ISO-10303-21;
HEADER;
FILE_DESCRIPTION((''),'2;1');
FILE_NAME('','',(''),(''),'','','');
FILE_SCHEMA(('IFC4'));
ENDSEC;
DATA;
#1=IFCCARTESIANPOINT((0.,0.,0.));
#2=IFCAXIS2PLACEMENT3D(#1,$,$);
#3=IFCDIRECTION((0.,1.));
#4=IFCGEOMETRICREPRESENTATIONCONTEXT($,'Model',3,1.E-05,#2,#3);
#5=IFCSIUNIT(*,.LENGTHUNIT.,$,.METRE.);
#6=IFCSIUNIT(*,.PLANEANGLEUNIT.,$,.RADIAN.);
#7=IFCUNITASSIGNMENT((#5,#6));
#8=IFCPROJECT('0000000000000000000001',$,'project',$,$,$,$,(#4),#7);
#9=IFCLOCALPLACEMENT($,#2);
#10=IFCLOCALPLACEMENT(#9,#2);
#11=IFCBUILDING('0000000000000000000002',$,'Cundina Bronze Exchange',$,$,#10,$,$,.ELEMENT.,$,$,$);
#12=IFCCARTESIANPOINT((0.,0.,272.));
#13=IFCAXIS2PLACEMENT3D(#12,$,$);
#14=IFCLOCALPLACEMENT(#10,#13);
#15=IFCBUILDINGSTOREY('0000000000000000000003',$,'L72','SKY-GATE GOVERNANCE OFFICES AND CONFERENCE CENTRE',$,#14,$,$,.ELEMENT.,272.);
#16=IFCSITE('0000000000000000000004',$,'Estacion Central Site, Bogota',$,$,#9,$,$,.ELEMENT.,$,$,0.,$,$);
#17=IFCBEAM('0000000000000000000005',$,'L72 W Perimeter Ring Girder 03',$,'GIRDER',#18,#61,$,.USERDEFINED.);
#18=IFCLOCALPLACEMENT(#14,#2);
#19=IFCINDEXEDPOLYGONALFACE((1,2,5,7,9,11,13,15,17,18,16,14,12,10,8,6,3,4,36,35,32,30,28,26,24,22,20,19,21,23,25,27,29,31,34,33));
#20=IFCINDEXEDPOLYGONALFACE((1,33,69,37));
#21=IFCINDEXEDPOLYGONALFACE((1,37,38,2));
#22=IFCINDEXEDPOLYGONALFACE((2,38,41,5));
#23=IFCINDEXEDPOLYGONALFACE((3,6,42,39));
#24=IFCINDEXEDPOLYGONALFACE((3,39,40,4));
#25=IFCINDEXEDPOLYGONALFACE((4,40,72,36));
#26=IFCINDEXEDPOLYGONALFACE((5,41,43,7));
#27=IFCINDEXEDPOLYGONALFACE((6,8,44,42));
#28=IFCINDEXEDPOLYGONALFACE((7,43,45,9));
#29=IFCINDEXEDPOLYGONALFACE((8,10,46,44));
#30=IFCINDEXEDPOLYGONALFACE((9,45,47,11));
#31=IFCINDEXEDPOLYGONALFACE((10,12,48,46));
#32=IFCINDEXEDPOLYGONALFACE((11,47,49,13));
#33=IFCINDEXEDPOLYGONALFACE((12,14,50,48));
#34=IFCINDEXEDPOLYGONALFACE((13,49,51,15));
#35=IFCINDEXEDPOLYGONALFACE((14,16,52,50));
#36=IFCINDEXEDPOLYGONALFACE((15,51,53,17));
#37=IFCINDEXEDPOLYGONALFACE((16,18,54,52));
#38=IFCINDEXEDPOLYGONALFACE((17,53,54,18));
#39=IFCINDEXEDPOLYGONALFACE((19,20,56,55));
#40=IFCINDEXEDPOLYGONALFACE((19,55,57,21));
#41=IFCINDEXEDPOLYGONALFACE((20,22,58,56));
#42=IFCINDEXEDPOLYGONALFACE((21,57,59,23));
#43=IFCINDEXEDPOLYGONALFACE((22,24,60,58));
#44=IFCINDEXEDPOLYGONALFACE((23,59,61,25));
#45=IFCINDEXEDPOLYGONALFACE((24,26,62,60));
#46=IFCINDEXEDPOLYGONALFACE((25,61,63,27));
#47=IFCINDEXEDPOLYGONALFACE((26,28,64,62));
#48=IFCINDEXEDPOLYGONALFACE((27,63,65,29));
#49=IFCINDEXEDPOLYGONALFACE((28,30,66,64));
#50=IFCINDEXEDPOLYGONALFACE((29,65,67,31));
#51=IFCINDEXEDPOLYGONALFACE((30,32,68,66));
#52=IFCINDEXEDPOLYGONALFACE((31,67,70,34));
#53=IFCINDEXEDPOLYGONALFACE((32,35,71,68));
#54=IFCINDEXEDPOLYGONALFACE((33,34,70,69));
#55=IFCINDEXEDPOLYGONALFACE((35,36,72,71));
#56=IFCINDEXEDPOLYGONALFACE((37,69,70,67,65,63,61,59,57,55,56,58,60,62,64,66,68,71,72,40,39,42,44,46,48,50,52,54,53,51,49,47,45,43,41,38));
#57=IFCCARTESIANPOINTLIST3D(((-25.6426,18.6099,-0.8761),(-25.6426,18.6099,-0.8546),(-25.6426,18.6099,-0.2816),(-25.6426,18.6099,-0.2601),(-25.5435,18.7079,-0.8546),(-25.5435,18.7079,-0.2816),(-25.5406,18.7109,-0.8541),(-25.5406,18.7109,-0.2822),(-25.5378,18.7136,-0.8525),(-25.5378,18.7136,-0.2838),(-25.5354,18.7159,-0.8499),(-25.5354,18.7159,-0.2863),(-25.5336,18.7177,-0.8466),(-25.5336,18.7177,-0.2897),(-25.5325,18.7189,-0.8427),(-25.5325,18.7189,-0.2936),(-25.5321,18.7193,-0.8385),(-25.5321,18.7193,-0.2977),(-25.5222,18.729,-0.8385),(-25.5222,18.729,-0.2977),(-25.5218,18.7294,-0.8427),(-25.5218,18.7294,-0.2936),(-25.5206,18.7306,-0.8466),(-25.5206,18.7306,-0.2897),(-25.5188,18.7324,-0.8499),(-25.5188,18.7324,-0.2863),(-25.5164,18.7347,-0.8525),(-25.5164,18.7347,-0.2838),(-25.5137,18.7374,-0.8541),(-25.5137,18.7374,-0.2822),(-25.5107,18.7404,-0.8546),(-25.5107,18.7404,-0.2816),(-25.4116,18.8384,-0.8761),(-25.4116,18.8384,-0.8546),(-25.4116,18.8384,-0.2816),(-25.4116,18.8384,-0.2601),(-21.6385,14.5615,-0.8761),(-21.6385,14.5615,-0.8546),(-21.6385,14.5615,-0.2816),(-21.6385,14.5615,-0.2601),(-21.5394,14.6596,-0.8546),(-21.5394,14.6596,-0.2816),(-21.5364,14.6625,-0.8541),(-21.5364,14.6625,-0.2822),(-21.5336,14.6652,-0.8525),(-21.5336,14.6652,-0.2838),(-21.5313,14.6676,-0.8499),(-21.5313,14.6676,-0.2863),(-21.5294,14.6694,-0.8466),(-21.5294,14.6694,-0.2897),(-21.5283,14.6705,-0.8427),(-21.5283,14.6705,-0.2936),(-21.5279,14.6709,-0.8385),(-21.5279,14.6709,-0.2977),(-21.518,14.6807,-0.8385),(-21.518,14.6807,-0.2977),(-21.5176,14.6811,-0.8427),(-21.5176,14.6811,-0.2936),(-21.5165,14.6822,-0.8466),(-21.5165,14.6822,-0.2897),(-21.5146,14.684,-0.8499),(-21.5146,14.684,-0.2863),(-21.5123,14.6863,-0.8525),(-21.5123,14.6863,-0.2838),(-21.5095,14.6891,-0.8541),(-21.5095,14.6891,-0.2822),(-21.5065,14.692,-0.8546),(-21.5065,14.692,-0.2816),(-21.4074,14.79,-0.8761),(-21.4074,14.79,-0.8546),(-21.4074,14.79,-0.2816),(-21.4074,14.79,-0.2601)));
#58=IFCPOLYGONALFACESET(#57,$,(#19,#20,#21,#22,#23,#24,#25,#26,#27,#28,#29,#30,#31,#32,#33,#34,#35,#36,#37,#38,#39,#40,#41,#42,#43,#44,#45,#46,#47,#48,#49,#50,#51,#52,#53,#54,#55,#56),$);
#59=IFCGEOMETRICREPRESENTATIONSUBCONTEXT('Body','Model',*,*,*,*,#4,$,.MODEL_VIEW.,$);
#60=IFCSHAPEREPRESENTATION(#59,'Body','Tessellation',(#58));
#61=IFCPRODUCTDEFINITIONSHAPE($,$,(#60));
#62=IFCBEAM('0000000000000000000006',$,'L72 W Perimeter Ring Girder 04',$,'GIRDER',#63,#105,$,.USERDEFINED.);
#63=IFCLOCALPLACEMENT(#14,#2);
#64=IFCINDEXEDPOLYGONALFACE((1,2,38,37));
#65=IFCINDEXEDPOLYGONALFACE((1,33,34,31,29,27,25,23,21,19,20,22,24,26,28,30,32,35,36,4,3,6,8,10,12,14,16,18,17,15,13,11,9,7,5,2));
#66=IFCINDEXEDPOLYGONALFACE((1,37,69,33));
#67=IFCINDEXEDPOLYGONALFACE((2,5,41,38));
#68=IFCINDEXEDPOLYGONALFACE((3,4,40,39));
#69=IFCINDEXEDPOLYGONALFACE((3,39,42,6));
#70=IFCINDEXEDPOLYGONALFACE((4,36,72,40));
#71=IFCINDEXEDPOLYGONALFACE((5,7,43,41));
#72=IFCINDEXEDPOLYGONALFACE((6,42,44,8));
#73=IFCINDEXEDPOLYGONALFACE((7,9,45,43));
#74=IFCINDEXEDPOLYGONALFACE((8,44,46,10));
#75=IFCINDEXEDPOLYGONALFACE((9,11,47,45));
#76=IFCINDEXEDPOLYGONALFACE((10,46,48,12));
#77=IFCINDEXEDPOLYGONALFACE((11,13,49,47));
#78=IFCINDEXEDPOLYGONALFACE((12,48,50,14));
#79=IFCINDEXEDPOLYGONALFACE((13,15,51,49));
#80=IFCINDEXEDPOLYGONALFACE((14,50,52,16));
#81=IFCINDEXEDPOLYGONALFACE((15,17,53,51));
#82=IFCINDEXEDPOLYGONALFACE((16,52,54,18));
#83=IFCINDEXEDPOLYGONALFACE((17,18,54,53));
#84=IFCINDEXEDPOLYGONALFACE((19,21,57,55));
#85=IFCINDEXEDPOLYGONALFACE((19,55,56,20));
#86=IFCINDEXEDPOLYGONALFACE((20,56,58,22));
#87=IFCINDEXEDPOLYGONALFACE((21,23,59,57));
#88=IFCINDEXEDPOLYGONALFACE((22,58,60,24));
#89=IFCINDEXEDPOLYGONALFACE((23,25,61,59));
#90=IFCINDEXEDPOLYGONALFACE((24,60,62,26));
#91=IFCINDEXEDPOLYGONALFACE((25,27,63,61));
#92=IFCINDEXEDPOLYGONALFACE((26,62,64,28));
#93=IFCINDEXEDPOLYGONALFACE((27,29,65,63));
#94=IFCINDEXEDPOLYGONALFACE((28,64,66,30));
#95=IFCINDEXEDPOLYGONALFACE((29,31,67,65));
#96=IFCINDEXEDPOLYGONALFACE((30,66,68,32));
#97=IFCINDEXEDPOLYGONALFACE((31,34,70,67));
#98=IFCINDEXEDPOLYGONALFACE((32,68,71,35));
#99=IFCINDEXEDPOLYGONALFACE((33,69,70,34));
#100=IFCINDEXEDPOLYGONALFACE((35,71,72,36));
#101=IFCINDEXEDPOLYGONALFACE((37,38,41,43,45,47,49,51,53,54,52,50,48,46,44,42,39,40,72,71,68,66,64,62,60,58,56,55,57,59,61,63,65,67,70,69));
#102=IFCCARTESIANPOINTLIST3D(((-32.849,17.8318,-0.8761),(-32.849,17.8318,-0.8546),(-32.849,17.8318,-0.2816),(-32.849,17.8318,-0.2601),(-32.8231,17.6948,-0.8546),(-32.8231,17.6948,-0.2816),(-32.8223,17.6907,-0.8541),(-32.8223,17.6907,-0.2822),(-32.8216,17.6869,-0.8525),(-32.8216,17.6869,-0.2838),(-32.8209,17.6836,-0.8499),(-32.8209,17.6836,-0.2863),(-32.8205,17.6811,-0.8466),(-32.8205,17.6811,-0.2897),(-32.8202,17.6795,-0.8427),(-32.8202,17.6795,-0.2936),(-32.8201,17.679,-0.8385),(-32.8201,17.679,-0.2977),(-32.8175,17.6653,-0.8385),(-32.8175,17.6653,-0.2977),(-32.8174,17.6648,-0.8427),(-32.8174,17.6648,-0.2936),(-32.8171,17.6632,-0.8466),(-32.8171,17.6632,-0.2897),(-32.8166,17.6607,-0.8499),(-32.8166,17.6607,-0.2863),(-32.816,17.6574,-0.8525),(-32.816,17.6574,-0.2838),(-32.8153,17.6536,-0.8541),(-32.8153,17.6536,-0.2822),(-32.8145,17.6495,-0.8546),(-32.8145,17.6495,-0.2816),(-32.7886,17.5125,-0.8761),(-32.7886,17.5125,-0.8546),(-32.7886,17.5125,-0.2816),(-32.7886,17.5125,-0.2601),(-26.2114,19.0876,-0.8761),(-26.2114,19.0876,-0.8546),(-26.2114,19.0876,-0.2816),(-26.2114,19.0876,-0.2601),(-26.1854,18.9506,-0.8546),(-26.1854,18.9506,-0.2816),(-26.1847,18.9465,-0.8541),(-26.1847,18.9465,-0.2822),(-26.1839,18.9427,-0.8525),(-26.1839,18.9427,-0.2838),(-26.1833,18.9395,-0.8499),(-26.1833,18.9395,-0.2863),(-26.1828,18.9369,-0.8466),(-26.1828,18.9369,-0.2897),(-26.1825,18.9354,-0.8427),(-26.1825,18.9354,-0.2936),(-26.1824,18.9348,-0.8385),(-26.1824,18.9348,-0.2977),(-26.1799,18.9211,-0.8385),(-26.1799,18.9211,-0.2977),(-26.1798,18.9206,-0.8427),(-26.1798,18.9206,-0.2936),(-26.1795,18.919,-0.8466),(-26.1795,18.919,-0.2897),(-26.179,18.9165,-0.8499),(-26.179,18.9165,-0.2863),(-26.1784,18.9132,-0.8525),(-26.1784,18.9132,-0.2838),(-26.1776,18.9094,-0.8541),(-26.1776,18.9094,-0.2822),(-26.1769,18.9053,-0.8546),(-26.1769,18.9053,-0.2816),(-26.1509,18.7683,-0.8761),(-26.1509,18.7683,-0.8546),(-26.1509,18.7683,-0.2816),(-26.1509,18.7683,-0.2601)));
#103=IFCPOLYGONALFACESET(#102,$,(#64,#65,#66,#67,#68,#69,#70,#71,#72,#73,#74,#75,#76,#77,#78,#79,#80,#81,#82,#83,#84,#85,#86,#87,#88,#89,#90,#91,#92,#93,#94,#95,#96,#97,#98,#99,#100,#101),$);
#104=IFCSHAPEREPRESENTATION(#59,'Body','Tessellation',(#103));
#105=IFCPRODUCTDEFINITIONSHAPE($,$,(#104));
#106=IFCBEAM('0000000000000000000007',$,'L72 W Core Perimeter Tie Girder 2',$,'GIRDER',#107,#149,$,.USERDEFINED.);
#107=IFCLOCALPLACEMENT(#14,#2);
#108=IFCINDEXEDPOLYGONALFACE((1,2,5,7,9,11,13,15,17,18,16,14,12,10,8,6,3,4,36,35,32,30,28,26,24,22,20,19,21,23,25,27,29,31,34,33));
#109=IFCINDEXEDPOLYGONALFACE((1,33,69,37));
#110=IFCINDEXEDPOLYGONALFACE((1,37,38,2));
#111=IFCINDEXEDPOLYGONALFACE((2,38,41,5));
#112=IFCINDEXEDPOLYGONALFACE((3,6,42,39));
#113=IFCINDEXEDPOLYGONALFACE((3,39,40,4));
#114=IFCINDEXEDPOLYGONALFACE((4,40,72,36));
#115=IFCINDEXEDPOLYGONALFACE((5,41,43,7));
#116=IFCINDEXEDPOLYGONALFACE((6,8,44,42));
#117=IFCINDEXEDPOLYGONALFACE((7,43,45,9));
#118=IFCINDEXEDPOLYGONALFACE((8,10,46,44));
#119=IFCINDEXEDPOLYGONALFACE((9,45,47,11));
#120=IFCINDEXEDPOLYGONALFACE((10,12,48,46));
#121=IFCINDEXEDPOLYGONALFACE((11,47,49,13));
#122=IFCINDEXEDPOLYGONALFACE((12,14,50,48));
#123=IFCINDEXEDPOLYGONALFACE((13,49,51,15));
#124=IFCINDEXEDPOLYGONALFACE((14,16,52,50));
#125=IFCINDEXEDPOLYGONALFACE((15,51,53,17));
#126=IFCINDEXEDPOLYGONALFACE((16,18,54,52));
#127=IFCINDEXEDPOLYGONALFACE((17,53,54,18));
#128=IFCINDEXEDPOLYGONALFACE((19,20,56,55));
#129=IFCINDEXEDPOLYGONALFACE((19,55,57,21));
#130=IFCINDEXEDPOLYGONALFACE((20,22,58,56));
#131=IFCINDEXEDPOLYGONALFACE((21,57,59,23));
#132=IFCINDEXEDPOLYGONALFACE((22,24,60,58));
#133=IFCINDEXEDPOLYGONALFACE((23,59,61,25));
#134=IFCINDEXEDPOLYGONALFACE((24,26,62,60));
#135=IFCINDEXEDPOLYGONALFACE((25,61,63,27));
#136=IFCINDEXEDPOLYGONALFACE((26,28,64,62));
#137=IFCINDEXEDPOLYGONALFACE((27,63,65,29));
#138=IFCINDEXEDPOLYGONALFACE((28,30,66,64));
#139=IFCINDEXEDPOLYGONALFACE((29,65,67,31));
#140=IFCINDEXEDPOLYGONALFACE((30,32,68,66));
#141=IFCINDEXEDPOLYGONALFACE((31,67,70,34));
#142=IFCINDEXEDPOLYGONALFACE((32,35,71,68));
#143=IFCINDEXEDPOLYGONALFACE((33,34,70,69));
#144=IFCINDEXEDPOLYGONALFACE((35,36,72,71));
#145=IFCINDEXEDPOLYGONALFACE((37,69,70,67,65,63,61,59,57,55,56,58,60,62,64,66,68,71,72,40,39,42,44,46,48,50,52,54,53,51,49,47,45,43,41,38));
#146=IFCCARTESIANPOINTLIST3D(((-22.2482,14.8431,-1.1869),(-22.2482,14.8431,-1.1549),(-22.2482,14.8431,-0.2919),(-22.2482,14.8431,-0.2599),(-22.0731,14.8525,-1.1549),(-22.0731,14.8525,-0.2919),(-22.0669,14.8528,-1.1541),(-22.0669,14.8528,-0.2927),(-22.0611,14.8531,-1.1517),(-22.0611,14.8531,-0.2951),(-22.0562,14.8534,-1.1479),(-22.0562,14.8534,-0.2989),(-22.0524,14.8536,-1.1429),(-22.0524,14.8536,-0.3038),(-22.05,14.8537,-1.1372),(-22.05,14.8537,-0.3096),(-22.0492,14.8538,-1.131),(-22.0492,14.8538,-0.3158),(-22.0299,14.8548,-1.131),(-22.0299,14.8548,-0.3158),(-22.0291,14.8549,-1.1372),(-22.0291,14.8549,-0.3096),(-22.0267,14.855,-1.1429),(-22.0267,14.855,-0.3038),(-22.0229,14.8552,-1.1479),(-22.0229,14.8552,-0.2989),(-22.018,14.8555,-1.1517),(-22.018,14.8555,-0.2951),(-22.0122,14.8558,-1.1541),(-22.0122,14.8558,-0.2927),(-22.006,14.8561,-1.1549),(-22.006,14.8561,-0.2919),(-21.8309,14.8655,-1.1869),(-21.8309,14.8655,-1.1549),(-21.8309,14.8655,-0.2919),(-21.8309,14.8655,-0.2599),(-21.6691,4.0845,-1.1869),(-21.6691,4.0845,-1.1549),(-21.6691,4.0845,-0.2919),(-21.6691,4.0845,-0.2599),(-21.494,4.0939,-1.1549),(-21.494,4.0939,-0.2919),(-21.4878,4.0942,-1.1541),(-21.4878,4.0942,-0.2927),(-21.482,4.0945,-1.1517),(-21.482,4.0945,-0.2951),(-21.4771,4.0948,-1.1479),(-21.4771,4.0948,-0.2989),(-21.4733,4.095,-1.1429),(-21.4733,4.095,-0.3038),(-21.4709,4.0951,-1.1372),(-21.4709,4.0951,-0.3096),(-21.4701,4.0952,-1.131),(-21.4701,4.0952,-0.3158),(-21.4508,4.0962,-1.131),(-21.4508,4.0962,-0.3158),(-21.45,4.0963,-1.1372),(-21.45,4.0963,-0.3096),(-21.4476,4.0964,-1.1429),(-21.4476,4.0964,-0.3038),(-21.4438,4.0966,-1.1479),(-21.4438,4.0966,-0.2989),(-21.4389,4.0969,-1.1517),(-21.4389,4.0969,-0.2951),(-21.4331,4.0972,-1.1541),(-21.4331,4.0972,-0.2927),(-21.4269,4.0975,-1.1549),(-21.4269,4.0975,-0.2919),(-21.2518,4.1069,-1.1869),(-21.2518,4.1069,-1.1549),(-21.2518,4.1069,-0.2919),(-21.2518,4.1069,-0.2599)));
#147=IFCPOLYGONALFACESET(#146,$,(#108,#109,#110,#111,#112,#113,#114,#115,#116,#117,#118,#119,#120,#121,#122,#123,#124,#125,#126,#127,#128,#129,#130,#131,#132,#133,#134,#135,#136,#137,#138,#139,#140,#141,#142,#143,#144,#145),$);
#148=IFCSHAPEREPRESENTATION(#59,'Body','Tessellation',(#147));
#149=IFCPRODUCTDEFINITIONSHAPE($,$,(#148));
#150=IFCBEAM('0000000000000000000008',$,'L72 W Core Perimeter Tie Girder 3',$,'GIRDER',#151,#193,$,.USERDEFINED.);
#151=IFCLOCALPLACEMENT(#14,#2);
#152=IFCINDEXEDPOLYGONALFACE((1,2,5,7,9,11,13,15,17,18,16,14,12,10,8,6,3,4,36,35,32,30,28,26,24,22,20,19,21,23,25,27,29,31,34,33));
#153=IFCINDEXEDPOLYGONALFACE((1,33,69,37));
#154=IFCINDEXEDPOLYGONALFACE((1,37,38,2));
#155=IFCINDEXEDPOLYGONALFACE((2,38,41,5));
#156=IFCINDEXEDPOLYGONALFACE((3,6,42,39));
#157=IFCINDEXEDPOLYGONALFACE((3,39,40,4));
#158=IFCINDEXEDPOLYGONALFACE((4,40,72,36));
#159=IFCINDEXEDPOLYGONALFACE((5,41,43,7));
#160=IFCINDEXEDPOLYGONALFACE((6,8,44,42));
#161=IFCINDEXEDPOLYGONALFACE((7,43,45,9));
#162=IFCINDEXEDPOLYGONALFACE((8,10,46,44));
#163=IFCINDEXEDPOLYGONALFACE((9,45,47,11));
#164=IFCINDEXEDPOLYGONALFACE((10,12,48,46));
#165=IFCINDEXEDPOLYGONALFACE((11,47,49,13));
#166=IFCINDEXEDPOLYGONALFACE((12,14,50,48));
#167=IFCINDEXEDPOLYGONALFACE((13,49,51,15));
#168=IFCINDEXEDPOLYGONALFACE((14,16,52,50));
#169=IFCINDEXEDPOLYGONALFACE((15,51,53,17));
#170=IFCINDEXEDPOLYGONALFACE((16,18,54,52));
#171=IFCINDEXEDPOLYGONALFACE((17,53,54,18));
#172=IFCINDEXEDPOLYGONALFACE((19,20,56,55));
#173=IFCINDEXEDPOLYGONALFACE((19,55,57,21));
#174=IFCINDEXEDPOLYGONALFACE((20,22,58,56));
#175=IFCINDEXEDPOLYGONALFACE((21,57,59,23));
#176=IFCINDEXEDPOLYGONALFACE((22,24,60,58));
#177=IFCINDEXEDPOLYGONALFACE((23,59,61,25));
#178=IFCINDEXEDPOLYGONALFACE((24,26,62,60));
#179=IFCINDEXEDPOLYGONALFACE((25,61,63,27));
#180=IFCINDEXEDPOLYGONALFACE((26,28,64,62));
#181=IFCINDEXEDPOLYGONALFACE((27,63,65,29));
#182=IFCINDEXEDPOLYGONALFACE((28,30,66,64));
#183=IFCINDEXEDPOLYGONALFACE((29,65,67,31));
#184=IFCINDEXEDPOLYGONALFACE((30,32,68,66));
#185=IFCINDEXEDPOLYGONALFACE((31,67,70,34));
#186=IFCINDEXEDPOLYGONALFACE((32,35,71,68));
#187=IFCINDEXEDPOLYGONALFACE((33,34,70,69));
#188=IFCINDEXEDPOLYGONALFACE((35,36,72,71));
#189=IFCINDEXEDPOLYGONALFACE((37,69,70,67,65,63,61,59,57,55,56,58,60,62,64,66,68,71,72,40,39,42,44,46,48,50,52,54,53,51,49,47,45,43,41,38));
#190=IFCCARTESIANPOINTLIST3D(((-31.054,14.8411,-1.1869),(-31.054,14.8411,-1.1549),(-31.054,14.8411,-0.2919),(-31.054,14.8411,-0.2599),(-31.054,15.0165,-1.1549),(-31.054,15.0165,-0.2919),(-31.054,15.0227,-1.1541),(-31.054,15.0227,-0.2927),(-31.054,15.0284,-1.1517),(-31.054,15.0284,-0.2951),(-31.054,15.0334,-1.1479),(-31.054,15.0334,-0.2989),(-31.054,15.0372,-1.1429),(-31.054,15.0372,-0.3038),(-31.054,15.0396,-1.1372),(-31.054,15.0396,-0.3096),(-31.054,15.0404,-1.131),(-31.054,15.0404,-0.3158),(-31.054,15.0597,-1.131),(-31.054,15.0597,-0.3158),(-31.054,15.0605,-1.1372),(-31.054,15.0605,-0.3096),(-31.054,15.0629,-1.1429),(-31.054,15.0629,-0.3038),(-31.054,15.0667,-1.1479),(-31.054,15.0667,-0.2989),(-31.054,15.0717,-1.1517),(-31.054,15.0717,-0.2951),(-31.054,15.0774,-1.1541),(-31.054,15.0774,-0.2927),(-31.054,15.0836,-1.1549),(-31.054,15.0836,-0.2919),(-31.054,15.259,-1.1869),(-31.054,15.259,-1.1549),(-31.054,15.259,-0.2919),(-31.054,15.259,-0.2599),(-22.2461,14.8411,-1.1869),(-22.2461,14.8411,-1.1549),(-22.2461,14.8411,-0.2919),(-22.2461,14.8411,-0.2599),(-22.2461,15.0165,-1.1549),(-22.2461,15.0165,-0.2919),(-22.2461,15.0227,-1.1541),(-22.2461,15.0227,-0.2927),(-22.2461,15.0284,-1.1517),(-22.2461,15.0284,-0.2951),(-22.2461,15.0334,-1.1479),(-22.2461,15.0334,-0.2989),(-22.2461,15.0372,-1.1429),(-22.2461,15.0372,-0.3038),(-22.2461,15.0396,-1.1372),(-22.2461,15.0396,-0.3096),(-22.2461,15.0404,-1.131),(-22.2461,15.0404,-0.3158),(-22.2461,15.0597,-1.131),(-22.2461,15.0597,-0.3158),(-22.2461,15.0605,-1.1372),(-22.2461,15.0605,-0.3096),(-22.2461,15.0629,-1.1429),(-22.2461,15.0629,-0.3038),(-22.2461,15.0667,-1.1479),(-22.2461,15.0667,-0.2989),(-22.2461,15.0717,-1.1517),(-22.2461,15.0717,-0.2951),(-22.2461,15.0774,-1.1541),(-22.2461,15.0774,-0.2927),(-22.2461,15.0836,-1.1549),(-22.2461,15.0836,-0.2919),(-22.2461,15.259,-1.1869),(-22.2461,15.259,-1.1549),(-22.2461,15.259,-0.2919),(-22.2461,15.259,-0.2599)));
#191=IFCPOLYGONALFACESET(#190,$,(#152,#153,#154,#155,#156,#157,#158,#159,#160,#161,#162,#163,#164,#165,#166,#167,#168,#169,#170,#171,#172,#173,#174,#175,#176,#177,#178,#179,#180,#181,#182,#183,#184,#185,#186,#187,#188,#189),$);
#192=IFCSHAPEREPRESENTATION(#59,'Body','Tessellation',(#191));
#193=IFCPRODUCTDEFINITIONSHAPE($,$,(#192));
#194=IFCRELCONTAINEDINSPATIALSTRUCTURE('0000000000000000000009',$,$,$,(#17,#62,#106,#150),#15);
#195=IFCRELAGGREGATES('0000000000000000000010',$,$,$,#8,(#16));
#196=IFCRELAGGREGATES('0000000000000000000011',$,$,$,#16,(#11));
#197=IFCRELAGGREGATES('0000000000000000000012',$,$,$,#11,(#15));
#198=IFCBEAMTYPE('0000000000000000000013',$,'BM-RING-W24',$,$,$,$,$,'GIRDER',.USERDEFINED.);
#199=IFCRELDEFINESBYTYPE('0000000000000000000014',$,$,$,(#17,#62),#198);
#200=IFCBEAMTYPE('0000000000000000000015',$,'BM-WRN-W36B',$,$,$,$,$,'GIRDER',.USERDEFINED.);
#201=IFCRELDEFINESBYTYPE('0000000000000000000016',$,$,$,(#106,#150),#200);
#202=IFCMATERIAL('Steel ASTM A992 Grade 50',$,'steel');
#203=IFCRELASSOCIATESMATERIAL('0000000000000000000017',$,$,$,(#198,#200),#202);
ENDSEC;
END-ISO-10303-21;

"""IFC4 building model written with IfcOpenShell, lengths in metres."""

from ifc_helpers import new_model, si_unit, direction, frame, origin, origin_2d, place, context, subcontext, project, spatial, i_section, extrude, material, material_profile, profile_set, type_object, element, save


model = new_model("IFC4")

# Units and contexts
model_context = context("Model", 3, precision=1e-05, world=origin(), true_north=direction((0.0, 1.0)))
body_context = subcontext(model_context, "Body", "Model", "MODEL_VIEW")
ifc_project = project(units=[si_unit("LENGTHUNIT", "METRE"), si_unit("PLANEANGLEUNIT", "RADIAN")], contexts=[model_context])

# Site, building, storey
site_placement = place(None, origin())
site = spatial("IfcSite", under=ifc_project, at=site_placement, Name="Estacion Central Site, Bogota", CompositionType="ELEMENT", RefElevation=0.0)
building_placement = place(site_placement, origin())
building = spatial("IfcBuilding", under=site, at=building_placement, Name="Cundina Bronze Exchange", CompositionType="ELEMENT")
storey_placement = place(building_placement, frame((0.0, 0.0, 272.0)))
storey = spatial("IfcBuildingStorey", under=building, at=storey_placement, Name="L72", Description="SKY-GATE GOVERNANCE OFFICES AND CONFERENCE CENTRE", CompositionType="ELEMENT", Elevation=272.0)

# Shared definitions
ifc_material_1 = material(Name="Steel ASTM A992 Grade 50", Category="steel")

# Beams
ifc_material_profile_1 = material_profile(ifc_material_1, i_section(OverallWidth=0.325, OverallDepth=0.616, WebThickness=0.0139, FlangeThickness=0.0215, FilletRadius=0.0161, at=origin_2d()), Name="W24X117", Category="steel")
ifc_profile_set_1 = profile_set([ifc_material_profile_1], Name="Steel ASTM A992 Grade 50")
beam_type_1 = type_object("IfcBeamType", Name="BM-RING-W24", ElementType="GIRDER", PredefinedType="USERDEFINED", material=ifc_profile_set_1)
beam_1_placement = place(storey_placement, frame((-21.5229, 14.6758, -0.5681), z_axis=(-0.703216, 0.710976, 0.0), x_axis=(-0.710976, -0.703216, 0.0)))
element("IfcBeam", 1, at=beam_1_placement, inside=storey, type_object=beam_type_1, Name="L72 W Perimeter Ring Girder 03", ObjectType="GIRDER", PredefinedType="USERDEFINED", context=body_context, shape_type="SweptSolid", body=[
    extrude(i_section(OverallWidth=0.325, OverallDepth=0.616, WebThickness=0.0139, FlangeThickness=0.0215, FilletRadius=0.0161, at=origin_2d()), origin(), (0.0, 0.0, 1.0), 5.6941),
])
beam_2_placement = place(storey_placement, frame((-26.1812, 18.928, -0.5681), z_axis=(-0.982568, -0.185903, 0.0), x_axis=(0.185903, -0.982568, 0.0)))
element("IfcBeam", 2, at=beam_2_placement, inside=storey, type_object=beam_type_1, Name="L72 W Perimeter Ring Girder 04", ObjectType="GIRDER", PredefinedType="USERDEFINED", context=body_context, shape_type="SweptSolid", body=[
    extrude(i_section(OverallWidth=0.325, OverallDepth=0.616, WebThickness=0.0139, FlangeThickness=0.0215, FilletRadius=0.0161, at=origin_2d()), origin(), (0.0, 0.0, 1.0), 6.7554),
])
ifc_material_profile_2 = material_profile(ifc_material_1, i_section(OverallWidth=0.418, OverallDepth=0.927, WebThickness=0.0193, FlangeThickness=0.032, FilletRadius=0.0239, at=origin_2d()), Name="W36X231", Category="steel")
ifc_profile_set_2 = profile_set([ifc_material_profile_2], Name="Steel ASTM A992 Grade 50")
beam_type_2 = type_object("IfcBeamType", Name="BM-WRN-W36B", ElementType="GIRDER", PredefinedType="USERDEFINED", material=ifc_profile_set_2)
beam_3_placement = place(storey_placement, frame((-21.4604, 4.0957, -0.7234), z_axis=(-0.053749, 0.998554, 0.0), x_axis=(-0.998554, -0.053749, 0.0)))
element("IfcBeam", 3, at=beam_3_placement, inside=storey, type_object=beam_type_2, Name="L72 W Core Perimeter Tie Girder 2", ObjectType="GIRDER", PredefinedType="USERDEFINED", context=body_context, shape_type="SweptSolid", body=[
    extrude(i_section(OverallWidth=0.418, OverallDepth=0.927, WebThickness=0.0193, FlangeThickness=0.032, FilletRadius=0.0239, at=origin_2d()), origin(), (0.0, 0.0, 1.0), 10.7742),
])
beam_4_placement = place(storey_placement, frame((-22.2461, 15.05, -0.7234), z_axis=(-1.0, 0.0, 0.0), x_axis=(0.0, -1.0, 0.0)))
element("IfcBeam", 4, at=beam_4_placement, inside=storey, type_object=beam_type_2, Name="L72 W Core Perimeter Tie Girder 3", ObjectType="GIRDER", PredefinedType="USERDEFINED", context=body_context, shape_type="SweptSolid", body=[
    extrude(i_section(OverallWidth=0.418, OverallDepth=0.927, WebThickness=0.0193, FlangeThickness=0.032, FilletRadius=0.0239, at=origin_2d()), origin(), (0.0, 0.0, 1.0), 8.8079),
])

save(model, "model.ifc")
